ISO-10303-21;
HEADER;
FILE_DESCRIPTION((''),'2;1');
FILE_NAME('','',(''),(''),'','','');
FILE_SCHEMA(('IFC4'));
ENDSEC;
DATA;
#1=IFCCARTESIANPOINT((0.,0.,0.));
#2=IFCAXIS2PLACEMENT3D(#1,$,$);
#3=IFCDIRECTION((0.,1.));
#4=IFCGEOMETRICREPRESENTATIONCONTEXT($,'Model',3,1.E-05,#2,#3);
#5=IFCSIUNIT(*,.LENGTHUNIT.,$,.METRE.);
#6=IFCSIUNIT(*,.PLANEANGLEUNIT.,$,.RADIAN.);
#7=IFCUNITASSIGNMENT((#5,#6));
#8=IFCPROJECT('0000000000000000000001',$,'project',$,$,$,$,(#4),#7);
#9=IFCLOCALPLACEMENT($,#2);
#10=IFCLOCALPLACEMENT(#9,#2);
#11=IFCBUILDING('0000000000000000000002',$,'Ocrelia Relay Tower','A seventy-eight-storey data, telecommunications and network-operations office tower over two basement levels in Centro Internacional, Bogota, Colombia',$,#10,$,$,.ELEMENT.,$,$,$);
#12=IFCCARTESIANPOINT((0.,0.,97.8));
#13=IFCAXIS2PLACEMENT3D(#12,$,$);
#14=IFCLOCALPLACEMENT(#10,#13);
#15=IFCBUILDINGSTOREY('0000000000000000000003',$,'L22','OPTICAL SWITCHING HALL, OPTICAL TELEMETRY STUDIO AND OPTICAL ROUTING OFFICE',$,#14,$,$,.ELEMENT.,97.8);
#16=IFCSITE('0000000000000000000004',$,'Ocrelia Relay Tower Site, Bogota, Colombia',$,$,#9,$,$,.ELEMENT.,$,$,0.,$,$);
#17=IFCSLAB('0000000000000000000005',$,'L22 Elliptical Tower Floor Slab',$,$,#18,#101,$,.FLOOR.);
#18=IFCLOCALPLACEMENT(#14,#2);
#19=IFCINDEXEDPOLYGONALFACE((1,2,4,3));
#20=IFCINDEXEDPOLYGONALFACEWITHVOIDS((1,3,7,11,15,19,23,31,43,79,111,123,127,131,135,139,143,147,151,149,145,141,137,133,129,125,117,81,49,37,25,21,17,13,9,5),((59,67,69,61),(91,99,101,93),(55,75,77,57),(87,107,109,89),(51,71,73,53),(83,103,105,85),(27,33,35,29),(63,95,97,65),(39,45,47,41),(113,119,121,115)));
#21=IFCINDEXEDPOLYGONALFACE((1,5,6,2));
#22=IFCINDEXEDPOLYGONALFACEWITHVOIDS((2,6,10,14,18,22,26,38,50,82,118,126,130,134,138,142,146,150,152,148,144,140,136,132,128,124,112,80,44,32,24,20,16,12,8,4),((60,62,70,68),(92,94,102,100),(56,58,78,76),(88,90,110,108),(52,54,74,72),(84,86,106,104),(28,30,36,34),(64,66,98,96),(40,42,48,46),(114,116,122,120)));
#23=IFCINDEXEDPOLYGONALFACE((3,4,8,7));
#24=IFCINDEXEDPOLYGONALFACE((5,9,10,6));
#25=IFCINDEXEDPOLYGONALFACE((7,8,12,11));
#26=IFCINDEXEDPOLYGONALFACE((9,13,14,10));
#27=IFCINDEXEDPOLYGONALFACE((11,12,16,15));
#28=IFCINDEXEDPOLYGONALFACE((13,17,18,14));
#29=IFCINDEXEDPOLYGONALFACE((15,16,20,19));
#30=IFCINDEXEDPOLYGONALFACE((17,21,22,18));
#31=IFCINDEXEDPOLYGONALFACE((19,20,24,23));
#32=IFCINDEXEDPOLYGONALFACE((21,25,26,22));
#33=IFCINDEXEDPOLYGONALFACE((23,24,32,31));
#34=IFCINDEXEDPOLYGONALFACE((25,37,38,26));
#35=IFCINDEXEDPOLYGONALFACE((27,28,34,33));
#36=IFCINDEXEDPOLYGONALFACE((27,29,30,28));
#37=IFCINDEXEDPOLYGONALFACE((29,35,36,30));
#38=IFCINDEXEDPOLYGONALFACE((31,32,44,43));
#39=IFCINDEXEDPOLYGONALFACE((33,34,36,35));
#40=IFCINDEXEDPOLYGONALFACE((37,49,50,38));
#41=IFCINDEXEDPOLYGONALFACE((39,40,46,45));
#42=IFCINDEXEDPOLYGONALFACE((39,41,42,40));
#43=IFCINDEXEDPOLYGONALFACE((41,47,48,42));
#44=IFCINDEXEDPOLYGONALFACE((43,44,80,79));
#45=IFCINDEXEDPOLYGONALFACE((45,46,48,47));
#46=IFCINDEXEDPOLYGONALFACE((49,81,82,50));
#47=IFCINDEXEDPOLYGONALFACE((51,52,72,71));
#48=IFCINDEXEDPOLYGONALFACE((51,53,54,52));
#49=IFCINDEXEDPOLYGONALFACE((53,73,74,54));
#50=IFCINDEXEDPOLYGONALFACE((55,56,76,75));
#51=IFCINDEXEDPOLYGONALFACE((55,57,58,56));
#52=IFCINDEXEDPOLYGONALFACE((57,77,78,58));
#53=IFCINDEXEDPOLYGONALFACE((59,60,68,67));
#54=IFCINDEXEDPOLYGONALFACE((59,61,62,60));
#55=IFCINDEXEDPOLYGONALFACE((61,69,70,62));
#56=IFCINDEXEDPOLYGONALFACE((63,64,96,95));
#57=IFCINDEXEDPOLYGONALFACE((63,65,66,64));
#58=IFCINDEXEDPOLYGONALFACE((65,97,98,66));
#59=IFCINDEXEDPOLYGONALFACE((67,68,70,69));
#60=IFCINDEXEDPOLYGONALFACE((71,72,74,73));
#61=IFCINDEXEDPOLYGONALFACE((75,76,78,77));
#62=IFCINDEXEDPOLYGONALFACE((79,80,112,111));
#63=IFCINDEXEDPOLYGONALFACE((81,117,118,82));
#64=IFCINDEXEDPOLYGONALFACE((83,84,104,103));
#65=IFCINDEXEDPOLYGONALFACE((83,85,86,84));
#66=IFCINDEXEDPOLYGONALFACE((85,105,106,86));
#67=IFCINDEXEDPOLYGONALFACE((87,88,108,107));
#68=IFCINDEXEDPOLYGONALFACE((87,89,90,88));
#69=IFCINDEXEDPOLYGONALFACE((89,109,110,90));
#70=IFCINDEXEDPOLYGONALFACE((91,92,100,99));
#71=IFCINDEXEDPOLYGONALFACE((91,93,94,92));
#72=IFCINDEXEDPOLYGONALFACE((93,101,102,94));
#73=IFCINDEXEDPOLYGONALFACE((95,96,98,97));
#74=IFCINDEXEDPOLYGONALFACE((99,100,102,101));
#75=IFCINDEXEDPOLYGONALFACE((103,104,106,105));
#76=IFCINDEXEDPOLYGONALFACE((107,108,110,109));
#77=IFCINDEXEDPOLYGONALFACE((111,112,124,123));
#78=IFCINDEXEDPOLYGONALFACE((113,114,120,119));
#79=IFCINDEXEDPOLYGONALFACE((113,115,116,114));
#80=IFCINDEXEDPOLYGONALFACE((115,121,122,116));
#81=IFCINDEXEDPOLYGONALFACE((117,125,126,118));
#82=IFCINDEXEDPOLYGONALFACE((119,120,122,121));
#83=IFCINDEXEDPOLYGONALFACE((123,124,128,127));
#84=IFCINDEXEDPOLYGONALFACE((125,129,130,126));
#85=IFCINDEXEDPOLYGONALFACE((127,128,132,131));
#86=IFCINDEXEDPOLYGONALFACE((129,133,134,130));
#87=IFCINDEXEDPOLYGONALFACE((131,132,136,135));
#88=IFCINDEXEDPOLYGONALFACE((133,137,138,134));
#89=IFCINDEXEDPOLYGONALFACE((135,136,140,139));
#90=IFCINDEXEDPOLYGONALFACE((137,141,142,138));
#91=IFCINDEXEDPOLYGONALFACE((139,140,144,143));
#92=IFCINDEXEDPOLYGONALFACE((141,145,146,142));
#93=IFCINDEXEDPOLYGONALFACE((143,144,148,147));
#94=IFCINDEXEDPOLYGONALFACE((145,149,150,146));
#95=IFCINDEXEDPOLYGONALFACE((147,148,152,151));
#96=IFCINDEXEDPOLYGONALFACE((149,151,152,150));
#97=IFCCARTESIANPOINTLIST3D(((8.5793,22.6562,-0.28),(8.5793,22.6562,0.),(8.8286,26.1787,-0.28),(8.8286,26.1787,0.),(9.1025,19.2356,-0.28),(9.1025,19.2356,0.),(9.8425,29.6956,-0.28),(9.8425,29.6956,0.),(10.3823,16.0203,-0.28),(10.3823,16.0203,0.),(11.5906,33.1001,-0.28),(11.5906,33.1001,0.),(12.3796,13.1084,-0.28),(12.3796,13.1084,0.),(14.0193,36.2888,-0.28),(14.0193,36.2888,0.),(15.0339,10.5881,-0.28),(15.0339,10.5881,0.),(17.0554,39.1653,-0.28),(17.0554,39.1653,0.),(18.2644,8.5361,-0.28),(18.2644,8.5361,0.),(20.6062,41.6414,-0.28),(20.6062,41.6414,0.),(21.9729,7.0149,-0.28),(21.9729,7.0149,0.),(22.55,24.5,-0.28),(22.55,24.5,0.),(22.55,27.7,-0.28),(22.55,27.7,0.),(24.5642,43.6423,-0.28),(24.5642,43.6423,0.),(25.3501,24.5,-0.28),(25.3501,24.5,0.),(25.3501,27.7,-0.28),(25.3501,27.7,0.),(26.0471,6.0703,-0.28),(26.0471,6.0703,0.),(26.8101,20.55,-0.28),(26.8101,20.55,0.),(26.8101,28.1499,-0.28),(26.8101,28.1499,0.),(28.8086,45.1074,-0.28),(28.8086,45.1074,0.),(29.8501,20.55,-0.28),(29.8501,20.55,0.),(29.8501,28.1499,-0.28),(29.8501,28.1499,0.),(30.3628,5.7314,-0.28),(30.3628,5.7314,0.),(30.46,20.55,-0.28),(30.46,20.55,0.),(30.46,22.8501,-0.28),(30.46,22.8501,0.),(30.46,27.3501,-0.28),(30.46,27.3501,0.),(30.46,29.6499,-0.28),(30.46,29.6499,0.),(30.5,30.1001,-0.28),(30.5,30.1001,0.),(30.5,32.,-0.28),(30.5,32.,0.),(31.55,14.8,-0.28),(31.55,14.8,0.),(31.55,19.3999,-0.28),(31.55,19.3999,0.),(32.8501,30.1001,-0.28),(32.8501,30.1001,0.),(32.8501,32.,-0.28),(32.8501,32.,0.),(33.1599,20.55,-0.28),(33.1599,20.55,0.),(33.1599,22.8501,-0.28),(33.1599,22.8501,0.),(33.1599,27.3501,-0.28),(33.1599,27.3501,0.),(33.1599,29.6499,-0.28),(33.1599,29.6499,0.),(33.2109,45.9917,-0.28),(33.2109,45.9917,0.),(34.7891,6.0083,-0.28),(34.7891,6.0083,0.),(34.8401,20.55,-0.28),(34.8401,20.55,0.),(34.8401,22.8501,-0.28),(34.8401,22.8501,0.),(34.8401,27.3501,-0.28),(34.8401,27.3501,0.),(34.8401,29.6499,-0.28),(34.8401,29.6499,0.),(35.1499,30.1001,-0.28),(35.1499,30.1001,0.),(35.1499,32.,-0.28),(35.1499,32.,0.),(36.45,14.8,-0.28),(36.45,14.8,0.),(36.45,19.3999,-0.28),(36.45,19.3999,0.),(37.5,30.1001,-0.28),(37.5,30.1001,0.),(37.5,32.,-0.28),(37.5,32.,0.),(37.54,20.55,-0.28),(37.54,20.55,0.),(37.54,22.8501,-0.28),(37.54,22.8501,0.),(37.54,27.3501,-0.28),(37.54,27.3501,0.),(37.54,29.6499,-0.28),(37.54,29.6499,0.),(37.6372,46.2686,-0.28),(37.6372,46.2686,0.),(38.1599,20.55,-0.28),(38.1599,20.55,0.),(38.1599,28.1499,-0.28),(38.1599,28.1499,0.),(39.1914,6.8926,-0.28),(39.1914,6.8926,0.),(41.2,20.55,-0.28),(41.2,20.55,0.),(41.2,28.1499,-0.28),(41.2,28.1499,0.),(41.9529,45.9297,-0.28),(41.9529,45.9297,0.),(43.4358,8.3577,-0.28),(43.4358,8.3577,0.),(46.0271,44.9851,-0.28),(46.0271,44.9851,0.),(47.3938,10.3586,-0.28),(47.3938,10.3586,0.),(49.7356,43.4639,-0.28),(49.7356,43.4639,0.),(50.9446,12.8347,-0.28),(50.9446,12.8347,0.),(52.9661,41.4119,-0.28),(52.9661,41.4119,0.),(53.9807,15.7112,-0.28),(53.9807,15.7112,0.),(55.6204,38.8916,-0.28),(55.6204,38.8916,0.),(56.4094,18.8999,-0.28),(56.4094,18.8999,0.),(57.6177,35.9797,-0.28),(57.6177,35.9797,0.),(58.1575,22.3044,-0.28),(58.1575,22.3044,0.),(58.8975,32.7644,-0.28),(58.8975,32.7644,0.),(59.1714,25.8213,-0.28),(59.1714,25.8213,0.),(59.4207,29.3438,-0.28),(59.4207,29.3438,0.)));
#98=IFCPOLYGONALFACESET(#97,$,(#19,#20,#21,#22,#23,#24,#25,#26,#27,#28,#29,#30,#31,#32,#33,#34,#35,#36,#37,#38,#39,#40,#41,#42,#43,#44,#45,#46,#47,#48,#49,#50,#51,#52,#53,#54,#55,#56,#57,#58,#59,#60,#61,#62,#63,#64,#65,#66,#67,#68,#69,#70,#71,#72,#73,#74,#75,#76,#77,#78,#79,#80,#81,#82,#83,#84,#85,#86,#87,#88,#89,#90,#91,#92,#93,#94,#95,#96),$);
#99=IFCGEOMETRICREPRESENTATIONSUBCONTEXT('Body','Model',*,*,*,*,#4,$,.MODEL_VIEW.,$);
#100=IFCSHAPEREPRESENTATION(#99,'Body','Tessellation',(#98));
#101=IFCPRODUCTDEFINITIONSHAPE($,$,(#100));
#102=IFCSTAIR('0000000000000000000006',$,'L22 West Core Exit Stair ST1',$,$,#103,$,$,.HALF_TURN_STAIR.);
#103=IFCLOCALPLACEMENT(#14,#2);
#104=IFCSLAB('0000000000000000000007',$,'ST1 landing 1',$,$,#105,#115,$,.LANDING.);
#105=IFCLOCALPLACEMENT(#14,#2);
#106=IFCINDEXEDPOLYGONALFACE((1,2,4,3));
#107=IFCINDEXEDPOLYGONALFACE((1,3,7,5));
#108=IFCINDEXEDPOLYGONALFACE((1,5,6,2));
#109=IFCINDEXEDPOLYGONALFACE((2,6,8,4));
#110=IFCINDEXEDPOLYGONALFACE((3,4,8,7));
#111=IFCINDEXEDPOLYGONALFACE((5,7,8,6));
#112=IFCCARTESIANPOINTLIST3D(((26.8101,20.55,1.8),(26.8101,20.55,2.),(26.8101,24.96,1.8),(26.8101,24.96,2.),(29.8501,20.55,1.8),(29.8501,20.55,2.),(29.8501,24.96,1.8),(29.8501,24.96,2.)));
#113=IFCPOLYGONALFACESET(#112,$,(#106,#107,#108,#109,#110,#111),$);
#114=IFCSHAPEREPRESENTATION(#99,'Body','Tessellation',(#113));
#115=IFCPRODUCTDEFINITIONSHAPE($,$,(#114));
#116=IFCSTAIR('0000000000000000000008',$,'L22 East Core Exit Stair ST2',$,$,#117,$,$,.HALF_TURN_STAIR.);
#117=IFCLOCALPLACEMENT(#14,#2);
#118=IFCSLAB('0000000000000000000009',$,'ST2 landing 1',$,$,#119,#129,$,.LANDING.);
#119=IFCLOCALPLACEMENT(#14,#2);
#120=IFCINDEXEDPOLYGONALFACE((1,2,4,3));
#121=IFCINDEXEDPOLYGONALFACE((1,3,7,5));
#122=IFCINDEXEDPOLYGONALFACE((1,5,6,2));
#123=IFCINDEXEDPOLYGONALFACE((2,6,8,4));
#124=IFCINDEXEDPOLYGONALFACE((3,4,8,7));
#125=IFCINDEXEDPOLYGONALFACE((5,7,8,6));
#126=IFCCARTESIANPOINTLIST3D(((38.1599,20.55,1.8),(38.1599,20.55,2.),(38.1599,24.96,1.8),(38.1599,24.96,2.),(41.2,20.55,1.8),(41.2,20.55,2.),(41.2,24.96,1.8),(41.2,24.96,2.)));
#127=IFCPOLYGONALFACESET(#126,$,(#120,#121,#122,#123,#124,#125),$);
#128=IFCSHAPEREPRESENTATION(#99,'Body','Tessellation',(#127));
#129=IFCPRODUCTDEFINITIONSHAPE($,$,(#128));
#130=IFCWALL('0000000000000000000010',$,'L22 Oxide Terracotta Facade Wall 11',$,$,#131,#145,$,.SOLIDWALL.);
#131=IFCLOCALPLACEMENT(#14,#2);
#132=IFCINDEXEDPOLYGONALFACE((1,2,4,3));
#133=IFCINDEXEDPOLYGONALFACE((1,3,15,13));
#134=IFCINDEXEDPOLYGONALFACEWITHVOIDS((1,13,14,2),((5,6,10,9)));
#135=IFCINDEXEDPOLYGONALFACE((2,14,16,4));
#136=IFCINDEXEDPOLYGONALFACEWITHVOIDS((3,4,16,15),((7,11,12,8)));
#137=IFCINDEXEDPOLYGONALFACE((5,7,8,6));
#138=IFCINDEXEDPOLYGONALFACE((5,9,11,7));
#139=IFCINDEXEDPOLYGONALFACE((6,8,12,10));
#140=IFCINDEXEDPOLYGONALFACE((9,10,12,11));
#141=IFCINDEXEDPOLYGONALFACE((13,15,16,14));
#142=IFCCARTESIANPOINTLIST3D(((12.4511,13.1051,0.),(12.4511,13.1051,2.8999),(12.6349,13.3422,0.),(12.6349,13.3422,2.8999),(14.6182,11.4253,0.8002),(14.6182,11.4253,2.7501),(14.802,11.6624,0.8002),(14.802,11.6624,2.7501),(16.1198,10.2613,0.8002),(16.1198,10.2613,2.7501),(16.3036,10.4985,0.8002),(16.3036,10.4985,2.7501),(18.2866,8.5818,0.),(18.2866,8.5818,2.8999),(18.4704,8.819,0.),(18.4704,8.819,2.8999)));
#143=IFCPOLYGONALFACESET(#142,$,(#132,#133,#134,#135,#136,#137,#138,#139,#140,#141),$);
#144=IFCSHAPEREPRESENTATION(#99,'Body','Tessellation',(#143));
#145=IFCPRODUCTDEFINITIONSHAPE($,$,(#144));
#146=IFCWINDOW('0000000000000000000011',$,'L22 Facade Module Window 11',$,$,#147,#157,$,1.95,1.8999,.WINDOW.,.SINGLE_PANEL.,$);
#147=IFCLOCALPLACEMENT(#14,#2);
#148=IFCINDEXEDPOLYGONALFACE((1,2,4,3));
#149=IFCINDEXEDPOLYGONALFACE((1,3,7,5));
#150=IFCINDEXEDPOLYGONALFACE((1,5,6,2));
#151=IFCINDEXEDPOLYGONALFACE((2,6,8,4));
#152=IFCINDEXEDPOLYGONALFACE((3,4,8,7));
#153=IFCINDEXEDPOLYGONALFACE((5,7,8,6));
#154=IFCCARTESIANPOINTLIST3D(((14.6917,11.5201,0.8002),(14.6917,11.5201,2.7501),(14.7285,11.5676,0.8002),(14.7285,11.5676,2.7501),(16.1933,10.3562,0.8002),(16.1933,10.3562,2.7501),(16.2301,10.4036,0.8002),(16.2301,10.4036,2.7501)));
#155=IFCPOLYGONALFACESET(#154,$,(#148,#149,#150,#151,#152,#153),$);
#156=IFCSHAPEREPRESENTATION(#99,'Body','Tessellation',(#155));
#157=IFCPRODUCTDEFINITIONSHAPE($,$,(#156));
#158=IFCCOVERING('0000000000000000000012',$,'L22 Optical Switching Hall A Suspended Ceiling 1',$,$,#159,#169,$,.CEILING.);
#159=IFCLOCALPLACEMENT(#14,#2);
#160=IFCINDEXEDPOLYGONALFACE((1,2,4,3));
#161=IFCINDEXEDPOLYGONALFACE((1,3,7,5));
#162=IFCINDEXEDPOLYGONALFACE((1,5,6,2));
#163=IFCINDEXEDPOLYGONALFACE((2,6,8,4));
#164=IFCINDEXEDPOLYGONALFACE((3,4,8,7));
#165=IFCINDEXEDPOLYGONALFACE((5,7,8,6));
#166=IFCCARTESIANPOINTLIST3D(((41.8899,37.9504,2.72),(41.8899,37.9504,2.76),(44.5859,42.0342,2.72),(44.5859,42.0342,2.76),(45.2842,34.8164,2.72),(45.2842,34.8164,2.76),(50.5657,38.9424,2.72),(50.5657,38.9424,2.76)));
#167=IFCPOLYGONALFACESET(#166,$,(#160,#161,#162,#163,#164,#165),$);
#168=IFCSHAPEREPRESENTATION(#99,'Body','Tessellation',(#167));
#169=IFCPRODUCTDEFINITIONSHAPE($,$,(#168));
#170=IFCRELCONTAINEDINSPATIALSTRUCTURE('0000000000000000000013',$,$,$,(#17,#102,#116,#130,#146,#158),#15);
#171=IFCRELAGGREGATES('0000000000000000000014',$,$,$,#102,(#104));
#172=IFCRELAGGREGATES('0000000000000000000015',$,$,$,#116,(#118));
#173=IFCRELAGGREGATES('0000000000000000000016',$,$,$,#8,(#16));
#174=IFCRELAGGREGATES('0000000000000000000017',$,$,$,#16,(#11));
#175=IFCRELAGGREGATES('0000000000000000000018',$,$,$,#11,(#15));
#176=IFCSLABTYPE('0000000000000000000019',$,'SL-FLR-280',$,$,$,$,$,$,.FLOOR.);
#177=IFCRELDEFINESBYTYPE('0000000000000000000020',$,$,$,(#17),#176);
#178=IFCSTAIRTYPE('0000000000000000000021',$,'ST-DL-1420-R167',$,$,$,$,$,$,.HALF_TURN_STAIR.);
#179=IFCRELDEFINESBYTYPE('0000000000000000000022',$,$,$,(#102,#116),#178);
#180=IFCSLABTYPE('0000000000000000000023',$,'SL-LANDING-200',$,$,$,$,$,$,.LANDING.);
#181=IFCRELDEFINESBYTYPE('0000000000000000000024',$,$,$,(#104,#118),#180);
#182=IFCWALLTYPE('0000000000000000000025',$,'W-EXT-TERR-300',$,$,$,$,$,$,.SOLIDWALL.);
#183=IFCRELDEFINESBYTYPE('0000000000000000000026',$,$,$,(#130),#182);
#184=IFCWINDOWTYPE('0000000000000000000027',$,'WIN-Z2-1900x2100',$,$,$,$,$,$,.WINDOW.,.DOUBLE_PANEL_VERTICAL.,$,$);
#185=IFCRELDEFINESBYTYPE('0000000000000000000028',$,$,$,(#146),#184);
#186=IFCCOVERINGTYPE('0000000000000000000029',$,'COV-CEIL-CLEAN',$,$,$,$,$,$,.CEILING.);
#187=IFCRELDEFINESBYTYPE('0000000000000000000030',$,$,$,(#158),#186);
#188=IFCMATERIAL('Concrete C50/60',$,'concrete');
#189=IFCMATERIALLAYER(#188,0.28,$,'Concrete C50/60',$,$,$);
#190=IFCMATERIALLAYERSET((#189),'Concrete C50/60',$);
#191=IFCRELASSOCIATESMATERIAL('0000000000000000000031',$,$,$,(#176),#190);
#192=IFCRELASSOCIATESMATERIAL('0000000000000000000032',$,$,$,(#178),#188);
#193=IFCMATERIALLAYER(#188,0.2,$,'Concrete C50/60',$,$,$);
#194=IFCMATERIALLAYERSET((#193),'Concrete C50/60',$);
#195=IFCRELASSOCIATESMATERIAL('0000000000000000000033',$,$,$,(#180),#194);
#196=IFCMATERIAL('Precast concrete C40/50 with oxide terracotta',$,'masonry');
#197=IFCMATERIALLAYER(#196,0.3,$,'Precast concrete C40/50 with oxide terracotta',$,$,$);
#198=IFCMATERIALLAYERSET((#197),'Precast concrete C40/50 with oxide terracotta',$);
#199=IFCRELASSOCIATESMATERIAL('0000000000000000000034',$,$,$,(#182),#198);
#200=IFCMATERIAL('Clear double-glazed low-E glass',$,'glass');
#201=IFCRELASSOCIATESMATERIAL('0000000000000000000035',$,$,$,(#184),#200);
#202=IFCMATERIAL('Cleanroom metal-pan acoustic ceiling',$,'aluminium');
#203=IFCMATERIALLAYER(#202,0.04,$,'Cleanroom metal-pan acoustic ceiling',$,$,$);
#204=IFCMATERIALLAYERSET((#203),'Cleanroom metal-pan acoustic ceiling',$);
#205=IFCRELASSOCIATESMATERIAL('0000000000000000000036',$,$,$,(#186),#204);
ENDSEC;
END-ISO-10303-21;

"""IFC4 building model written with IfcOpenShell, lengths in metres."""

from ifc_helpers import new_model, si_unit, direction, frame, frame_2d, origin, place, context, subcontext, project, spatial, polyline, rectangle, outline, extrude, material, layer, layer_set, type_object, element, fill, aggregate, save


model = new_model("IFC4")

# Units and contexts
model_context = context("Model", 3, precision=1e-05, world=origin(), true_north=direction((0.0, 1.0)))
body_context = subcontext(model_context, "Body", "Model", "MODEL_VIEW")
ifc_project = project(units=[si_unit("LENGTHUNIT", "METRE"), si_unit("PLANEANGLEUNIT", "RADIAN")], contexts=[model_context])

# Site, building, storey
site_placement = place(None, origin())
site = spatial("IfcSite", under=ifc_project, at=site_placement, Name="Ocrelia Relay Tower Site, Bogota, Colombia", CompositionType="ELEMENT", RefElevation=0.0)
building_placement = place(site_placement, origin())
building = spatial("IfcBuilding", under=site, at=building_placement, Name="Ocrelia Relay Tower", Description="A seventy-eight-storey data, telecommunications and network-operations office tower over two basement levels in Centro Internacional, Bogota, Colombia", CompositionType="ELEMENT")
storey_placement = place(building_placement, frame((0.0, 0.0, 97.8)))
storey = spatial("IfcBuildingStorey", under=building, at=storey_placement, Name="L22", Description="OPTICAL SWITCHING HALL, OPTICAL TELEMETRY STUDIO AND OPTICAL ROUTING OFFICE", CompositionType="ELEMENT", Elevation=97.8)

# Shared definitions
ifc_material_1 = material(Name="Clear double-glazed low-E glass", Category="glass")

# Slab
ifc_material_2 = material(Name="Concrete C50/60", Category="concrete")
ifc_layer_1 = layer(ifc_material_2, 0.28, Name="Concrete C50/60")
ifc_layer_set_1 = layer_set([ifc_layer_1], Name="Concrete C50/60")
slab_type_1 = type_object("IfcSlabType", Name="SL-FLR-280", PredefinedType="FLOOR", material=ifc_layer_set_1)
slab_1_placement = place(storey_placement, frame((0.0, 0.0, -0.28)))
element("IfcSlab", 1, at=slab_1_placement, inside=storey, type_object=slab_type_1, Name="L22 Elliptical Tower Floor Slab", PredefinedType="FLOOR", context=body_context, shape_type="SweptSolid", body=[
    extrude(outline(polyline([(58.8975, 32.7644), (57.6177, 35.9797), (55.6204, 38.8916), (52.9661, 41.4119), (49.7356, 43.4639), (46.0271, 44.9851), (41.9529, 45.9297), (37.6372, 46.2686), (33.2109, 45.9917), (28.8086, 45.1074), (24.5642, 43.6423), (20.6062, 41.6414), (17.0554, 39.1653), (14.0193, 36.2888), (11.5906, 33.1001), (9.8425, 29.6956), (8.8286, 26.1787), (8.5793, 22.6562), (9.1025, 19.2356), (10.3823, 16.0203), (12.3796, 13.1084), (15.0339, 10.5881), (18.2644, 8.5361), (21.9729, 7.0149), (26.0471, 6.0703), (30.3628, 5.7314), (34.7891, 6.0083), (39.1914, 6.8926), (43.4358, 8.3577), (47.3938, 10.3586), (50.9446, 12.8347), (53.9807, 15.7112), (56.4094, 18.8999), (58.1575, 22.3044), (59.1714, 25.8213), (59.4207, 29.3438), (58.8975, 32.7644)]), holes=[polyline([(26.8101, 28.1499), (26.8101, 20.55), (29.8501, 20.55), (29.8501, 28.1499), (26.8101, 28.1499)]), polyline([(38.1599, 28.1499), (38.1599, 20.55), (41.2, 20.55), (41.2, 28.1499), (38.1599, 28.1499)]), polyline([(30.46, 20.55), (33.1599, 20.55), (33.1599, 22.8501), (30.46, 22.8501), (30.46, 20.55)]), polyline([(34.8401, 20.55), (37.54, 20.55), (37.54, 22.8501), (34.8401, 22.8501), (34.8401, 20.55)]), polyline([(30.46, 27.3501), (33.1599, 27.3501), (33.1599, 29.6499), (30.46, 29.6499), (30.46, 27.3501)]), polyline([(34.8401, 27.3501), (37.54, 27.3501), (37.54, 29.6499), (34.8401, 29.6499), (34.8401, 27.3501)]), polyline([(30.5, 30.1001), (32.8501, 30.1001), (32.8501, 32.0), (30.5, 32.0), (30.5, 30.1001)]), polyline([(35.1499, 30.1001), (37.5, 30.1001), (37.5, 32.0), (35.1499, 32.0), (35.1499, 30.1001)]), polyline([(22.55, 24.5), (25.3501, 24.5), (25.3501, 27.7), (22.55, 27.7), (22.55, 24.5)]), polyline([(31.55, 14.8), (36.45, 14.8), (36.45, 19.3999), (31.55, 19.3999), (31.55, 14.8)])]), origin(), (0.0, 0.0, 1.0), 0.28),
])

# Stairs, slabs
stair_type = type_object("IfcStairType", Name="ST-DL-1420-R167", PredefinedType="HALF_TURN_STAIR", material=ifc_material_2)
stair_1_placement = place(storey_placement, origin())
stair_1 = element("IfcStair", 2, at=stair_1_placement, inside=storey, type_object=stair_type, Name="L22 West Core Exit Stair ST1", PredefinedType="HALF_TURN_STAIR")
ifc_layer_2 = layer(ifc_material_2, 0.2, Name="Concrete C50/60")
ifc_layer_set_2 = layer_set([ifc_layer_2], Name="Concrete C50/60")
slab_type_2 = type_object("IfcSlabType", Name="SL-LANDING-200", PredefinedType="LANDING", material=ifc_layer_set_2)
slab_2_placement = place(storey_placement, frame((0.0, 0.0, 1.8)))
slab_2 = element("IfcSlab", 3, at=slab_2_placement, type_object=slab_type_2, Name="ST1 landing 1", PredefinedType="LANDING", context=body_context, shape_type="SweptSolid", body=[
    extrude(outline(polyline([(26.8101, 24.96), (26.8101, 20.55), (29.8501, 20.55), (29.8501, 24.96), (26.8101, 24.96)])), origin(), (0.0, 0.0, 1.0), 0.2),
])
aggregate(stair_1, [slab_2])
stair_2_placement = place(storey_placement, origin())
stair_2 = element("IfcStair", 4, at=stair_2_placement, inside=storey, type_object=stair_type, Name="L22 East Core Exit Stair ST2", PredefinedType="HALF_TURN_STAIR")
slab_3_placement = place(storey_placement, frame((0.0, 0.0, 1.8)))
slab_3 = element("IfcSlab", 5, at=slab_3_placement, type_object=slab_type_2, Name="ST2 landing 1", PredefinedType="LANDING", context=body_context, shape_type="SweptSolid", body=[
    extrude(outline(polyline([(38.1599, 24.96), (38.1599, 20.55), (41.2, 20.55), (41.2, 24.96), (38.1599, 24.96)])), origin(), (0.0, 0.0, 1.0), 0.2),
])
aggregate(stair_2, [slab_3])

# Wall, opening, window
ifc_material_3 = material(Name="Precast concrete C40/50 with oxide terracotta", Category="masonry")
ifc_layer_3 = layer(ifc_material_3, 0.3, Name="Precast concrete C40/50 with oxide terracotta")
ifc_layer_set_3 = layer_set([ifc_layer_3], Name="Precast concrete C40/50 with oxide terracotta")
wall_type = type_object("IfcWallType", Name="W-EXT-TERR-300", PredefinedType="SOLIDWALL", material=ifc_layer_set_3)
wall_placement = place(storey_placement, frame((12.543, 13.2236, 0.0), z_axis=(0.0, 0.0, 1.0), x_axis=(0.790368, -0.612633, 0.0)))
wall = element("IfcWall", 6, at=wall_placement, inside=storey, type_object=wall_type, Name="L22 Oxide Terracotta Facade Wall 11", PredefinedType="SOLIDWALL", context=body_context, shape_type="SweptSolid", body=[
    extrude(rectangle(XDim=7.3833, YDim=0.3, at=frame_2d((3.6917, 0.0))), origin(), (0.0, 0.0, 1.0), 2.8999),
])
opening_placement = place(wall_placement, frame((2.7419, 0.0, 0.8)))
opening = element("IfcOpeningElement", 7, at=opening_placement, cuts=wall, PredefinedType="OPENING", context=body_context, shape_type="SweptSolid", body=[
    extrude(rectangle(XDim=1.8999, YDim=1.95, at=frame_2d((0.95, 0.9751))), frame((0.0, 0.1602, 0.0), z_axis=(0.0, -1.0, 0.0), x_axis=(1.0, 0.0, 0.0)), (0.0, 0.0, 1.0), 0.3201),
])
window_type = type_object("IfcWindowType", Name="WIN-Z2-1900x2100", PartitioningType="DOUBLE_PANEL_VERTICAL", PredefinedType="WINDOW", material=ifc_material_1)
window_placement = place(opening_placement, origin())
window = element("IfcWindow", 8, at=window_placement, inside=storey, type_object=window_type, Name="L22 Facade Module Window 11", OverallHeight=1.95, OverallWidth=1.8999, PartitioningType="SINGLE_PANEL", PredefinedType="WINDOW", context=body_context, shape_type="SweptSolid", body=[
    extrude(rectangle(XDim=1.8999, YDim=1.95, at=frame_2d((0.95, 0.9751))), frame((0.0, 0.03, 0.0), z_axis=(0.0, -1.0, 0.0), x_axis=(1.0, 0.0, 0.0)), (0.0, 0.0, 1.0), 0.0601),
])
fill(opening, window)

# Covering
ifc_material_4 = material(Name="Cleanroom metal-pan acoustic ceiling", Category="aluminium")
ifc_layer_4 = layer(ifc_material_4, 0.04, Name="Cleanroom metal-pan acoustic ceiling")
ifc_layer_set_4 = layer_set([ifc_layer_4], Name="Cleanroom metal-pan acoustic ceiling")
covering_type = type_object("IfcCoveringType", Name="COV-CEIL-CLEAN", PredefinedType="CEILING", material=ifc_layer_set_4)
covering_1_placement = place(storey_placement, frame((0.0, 0.0, 2.72)))
element("IfcCovering", 9, at=covering_1_placement, inside=storey, type_object=covering_type, Name="L22 Optical Switching Hall A Suspended Ceiling 1", PredefinedType="CEILING", context=body_context, shape_type="SweptSolid", body=[
    extrude(outline(polyline([(45.2842, 34.8164), (50.5657, 38.9424), (44.5859, 42.0342), (41.8899, 37.9504), (45.2842, 34.8164)])), origin(), (0.0, 0.0, 1.0), 0.04),
])

save(model, "model.ifc")
